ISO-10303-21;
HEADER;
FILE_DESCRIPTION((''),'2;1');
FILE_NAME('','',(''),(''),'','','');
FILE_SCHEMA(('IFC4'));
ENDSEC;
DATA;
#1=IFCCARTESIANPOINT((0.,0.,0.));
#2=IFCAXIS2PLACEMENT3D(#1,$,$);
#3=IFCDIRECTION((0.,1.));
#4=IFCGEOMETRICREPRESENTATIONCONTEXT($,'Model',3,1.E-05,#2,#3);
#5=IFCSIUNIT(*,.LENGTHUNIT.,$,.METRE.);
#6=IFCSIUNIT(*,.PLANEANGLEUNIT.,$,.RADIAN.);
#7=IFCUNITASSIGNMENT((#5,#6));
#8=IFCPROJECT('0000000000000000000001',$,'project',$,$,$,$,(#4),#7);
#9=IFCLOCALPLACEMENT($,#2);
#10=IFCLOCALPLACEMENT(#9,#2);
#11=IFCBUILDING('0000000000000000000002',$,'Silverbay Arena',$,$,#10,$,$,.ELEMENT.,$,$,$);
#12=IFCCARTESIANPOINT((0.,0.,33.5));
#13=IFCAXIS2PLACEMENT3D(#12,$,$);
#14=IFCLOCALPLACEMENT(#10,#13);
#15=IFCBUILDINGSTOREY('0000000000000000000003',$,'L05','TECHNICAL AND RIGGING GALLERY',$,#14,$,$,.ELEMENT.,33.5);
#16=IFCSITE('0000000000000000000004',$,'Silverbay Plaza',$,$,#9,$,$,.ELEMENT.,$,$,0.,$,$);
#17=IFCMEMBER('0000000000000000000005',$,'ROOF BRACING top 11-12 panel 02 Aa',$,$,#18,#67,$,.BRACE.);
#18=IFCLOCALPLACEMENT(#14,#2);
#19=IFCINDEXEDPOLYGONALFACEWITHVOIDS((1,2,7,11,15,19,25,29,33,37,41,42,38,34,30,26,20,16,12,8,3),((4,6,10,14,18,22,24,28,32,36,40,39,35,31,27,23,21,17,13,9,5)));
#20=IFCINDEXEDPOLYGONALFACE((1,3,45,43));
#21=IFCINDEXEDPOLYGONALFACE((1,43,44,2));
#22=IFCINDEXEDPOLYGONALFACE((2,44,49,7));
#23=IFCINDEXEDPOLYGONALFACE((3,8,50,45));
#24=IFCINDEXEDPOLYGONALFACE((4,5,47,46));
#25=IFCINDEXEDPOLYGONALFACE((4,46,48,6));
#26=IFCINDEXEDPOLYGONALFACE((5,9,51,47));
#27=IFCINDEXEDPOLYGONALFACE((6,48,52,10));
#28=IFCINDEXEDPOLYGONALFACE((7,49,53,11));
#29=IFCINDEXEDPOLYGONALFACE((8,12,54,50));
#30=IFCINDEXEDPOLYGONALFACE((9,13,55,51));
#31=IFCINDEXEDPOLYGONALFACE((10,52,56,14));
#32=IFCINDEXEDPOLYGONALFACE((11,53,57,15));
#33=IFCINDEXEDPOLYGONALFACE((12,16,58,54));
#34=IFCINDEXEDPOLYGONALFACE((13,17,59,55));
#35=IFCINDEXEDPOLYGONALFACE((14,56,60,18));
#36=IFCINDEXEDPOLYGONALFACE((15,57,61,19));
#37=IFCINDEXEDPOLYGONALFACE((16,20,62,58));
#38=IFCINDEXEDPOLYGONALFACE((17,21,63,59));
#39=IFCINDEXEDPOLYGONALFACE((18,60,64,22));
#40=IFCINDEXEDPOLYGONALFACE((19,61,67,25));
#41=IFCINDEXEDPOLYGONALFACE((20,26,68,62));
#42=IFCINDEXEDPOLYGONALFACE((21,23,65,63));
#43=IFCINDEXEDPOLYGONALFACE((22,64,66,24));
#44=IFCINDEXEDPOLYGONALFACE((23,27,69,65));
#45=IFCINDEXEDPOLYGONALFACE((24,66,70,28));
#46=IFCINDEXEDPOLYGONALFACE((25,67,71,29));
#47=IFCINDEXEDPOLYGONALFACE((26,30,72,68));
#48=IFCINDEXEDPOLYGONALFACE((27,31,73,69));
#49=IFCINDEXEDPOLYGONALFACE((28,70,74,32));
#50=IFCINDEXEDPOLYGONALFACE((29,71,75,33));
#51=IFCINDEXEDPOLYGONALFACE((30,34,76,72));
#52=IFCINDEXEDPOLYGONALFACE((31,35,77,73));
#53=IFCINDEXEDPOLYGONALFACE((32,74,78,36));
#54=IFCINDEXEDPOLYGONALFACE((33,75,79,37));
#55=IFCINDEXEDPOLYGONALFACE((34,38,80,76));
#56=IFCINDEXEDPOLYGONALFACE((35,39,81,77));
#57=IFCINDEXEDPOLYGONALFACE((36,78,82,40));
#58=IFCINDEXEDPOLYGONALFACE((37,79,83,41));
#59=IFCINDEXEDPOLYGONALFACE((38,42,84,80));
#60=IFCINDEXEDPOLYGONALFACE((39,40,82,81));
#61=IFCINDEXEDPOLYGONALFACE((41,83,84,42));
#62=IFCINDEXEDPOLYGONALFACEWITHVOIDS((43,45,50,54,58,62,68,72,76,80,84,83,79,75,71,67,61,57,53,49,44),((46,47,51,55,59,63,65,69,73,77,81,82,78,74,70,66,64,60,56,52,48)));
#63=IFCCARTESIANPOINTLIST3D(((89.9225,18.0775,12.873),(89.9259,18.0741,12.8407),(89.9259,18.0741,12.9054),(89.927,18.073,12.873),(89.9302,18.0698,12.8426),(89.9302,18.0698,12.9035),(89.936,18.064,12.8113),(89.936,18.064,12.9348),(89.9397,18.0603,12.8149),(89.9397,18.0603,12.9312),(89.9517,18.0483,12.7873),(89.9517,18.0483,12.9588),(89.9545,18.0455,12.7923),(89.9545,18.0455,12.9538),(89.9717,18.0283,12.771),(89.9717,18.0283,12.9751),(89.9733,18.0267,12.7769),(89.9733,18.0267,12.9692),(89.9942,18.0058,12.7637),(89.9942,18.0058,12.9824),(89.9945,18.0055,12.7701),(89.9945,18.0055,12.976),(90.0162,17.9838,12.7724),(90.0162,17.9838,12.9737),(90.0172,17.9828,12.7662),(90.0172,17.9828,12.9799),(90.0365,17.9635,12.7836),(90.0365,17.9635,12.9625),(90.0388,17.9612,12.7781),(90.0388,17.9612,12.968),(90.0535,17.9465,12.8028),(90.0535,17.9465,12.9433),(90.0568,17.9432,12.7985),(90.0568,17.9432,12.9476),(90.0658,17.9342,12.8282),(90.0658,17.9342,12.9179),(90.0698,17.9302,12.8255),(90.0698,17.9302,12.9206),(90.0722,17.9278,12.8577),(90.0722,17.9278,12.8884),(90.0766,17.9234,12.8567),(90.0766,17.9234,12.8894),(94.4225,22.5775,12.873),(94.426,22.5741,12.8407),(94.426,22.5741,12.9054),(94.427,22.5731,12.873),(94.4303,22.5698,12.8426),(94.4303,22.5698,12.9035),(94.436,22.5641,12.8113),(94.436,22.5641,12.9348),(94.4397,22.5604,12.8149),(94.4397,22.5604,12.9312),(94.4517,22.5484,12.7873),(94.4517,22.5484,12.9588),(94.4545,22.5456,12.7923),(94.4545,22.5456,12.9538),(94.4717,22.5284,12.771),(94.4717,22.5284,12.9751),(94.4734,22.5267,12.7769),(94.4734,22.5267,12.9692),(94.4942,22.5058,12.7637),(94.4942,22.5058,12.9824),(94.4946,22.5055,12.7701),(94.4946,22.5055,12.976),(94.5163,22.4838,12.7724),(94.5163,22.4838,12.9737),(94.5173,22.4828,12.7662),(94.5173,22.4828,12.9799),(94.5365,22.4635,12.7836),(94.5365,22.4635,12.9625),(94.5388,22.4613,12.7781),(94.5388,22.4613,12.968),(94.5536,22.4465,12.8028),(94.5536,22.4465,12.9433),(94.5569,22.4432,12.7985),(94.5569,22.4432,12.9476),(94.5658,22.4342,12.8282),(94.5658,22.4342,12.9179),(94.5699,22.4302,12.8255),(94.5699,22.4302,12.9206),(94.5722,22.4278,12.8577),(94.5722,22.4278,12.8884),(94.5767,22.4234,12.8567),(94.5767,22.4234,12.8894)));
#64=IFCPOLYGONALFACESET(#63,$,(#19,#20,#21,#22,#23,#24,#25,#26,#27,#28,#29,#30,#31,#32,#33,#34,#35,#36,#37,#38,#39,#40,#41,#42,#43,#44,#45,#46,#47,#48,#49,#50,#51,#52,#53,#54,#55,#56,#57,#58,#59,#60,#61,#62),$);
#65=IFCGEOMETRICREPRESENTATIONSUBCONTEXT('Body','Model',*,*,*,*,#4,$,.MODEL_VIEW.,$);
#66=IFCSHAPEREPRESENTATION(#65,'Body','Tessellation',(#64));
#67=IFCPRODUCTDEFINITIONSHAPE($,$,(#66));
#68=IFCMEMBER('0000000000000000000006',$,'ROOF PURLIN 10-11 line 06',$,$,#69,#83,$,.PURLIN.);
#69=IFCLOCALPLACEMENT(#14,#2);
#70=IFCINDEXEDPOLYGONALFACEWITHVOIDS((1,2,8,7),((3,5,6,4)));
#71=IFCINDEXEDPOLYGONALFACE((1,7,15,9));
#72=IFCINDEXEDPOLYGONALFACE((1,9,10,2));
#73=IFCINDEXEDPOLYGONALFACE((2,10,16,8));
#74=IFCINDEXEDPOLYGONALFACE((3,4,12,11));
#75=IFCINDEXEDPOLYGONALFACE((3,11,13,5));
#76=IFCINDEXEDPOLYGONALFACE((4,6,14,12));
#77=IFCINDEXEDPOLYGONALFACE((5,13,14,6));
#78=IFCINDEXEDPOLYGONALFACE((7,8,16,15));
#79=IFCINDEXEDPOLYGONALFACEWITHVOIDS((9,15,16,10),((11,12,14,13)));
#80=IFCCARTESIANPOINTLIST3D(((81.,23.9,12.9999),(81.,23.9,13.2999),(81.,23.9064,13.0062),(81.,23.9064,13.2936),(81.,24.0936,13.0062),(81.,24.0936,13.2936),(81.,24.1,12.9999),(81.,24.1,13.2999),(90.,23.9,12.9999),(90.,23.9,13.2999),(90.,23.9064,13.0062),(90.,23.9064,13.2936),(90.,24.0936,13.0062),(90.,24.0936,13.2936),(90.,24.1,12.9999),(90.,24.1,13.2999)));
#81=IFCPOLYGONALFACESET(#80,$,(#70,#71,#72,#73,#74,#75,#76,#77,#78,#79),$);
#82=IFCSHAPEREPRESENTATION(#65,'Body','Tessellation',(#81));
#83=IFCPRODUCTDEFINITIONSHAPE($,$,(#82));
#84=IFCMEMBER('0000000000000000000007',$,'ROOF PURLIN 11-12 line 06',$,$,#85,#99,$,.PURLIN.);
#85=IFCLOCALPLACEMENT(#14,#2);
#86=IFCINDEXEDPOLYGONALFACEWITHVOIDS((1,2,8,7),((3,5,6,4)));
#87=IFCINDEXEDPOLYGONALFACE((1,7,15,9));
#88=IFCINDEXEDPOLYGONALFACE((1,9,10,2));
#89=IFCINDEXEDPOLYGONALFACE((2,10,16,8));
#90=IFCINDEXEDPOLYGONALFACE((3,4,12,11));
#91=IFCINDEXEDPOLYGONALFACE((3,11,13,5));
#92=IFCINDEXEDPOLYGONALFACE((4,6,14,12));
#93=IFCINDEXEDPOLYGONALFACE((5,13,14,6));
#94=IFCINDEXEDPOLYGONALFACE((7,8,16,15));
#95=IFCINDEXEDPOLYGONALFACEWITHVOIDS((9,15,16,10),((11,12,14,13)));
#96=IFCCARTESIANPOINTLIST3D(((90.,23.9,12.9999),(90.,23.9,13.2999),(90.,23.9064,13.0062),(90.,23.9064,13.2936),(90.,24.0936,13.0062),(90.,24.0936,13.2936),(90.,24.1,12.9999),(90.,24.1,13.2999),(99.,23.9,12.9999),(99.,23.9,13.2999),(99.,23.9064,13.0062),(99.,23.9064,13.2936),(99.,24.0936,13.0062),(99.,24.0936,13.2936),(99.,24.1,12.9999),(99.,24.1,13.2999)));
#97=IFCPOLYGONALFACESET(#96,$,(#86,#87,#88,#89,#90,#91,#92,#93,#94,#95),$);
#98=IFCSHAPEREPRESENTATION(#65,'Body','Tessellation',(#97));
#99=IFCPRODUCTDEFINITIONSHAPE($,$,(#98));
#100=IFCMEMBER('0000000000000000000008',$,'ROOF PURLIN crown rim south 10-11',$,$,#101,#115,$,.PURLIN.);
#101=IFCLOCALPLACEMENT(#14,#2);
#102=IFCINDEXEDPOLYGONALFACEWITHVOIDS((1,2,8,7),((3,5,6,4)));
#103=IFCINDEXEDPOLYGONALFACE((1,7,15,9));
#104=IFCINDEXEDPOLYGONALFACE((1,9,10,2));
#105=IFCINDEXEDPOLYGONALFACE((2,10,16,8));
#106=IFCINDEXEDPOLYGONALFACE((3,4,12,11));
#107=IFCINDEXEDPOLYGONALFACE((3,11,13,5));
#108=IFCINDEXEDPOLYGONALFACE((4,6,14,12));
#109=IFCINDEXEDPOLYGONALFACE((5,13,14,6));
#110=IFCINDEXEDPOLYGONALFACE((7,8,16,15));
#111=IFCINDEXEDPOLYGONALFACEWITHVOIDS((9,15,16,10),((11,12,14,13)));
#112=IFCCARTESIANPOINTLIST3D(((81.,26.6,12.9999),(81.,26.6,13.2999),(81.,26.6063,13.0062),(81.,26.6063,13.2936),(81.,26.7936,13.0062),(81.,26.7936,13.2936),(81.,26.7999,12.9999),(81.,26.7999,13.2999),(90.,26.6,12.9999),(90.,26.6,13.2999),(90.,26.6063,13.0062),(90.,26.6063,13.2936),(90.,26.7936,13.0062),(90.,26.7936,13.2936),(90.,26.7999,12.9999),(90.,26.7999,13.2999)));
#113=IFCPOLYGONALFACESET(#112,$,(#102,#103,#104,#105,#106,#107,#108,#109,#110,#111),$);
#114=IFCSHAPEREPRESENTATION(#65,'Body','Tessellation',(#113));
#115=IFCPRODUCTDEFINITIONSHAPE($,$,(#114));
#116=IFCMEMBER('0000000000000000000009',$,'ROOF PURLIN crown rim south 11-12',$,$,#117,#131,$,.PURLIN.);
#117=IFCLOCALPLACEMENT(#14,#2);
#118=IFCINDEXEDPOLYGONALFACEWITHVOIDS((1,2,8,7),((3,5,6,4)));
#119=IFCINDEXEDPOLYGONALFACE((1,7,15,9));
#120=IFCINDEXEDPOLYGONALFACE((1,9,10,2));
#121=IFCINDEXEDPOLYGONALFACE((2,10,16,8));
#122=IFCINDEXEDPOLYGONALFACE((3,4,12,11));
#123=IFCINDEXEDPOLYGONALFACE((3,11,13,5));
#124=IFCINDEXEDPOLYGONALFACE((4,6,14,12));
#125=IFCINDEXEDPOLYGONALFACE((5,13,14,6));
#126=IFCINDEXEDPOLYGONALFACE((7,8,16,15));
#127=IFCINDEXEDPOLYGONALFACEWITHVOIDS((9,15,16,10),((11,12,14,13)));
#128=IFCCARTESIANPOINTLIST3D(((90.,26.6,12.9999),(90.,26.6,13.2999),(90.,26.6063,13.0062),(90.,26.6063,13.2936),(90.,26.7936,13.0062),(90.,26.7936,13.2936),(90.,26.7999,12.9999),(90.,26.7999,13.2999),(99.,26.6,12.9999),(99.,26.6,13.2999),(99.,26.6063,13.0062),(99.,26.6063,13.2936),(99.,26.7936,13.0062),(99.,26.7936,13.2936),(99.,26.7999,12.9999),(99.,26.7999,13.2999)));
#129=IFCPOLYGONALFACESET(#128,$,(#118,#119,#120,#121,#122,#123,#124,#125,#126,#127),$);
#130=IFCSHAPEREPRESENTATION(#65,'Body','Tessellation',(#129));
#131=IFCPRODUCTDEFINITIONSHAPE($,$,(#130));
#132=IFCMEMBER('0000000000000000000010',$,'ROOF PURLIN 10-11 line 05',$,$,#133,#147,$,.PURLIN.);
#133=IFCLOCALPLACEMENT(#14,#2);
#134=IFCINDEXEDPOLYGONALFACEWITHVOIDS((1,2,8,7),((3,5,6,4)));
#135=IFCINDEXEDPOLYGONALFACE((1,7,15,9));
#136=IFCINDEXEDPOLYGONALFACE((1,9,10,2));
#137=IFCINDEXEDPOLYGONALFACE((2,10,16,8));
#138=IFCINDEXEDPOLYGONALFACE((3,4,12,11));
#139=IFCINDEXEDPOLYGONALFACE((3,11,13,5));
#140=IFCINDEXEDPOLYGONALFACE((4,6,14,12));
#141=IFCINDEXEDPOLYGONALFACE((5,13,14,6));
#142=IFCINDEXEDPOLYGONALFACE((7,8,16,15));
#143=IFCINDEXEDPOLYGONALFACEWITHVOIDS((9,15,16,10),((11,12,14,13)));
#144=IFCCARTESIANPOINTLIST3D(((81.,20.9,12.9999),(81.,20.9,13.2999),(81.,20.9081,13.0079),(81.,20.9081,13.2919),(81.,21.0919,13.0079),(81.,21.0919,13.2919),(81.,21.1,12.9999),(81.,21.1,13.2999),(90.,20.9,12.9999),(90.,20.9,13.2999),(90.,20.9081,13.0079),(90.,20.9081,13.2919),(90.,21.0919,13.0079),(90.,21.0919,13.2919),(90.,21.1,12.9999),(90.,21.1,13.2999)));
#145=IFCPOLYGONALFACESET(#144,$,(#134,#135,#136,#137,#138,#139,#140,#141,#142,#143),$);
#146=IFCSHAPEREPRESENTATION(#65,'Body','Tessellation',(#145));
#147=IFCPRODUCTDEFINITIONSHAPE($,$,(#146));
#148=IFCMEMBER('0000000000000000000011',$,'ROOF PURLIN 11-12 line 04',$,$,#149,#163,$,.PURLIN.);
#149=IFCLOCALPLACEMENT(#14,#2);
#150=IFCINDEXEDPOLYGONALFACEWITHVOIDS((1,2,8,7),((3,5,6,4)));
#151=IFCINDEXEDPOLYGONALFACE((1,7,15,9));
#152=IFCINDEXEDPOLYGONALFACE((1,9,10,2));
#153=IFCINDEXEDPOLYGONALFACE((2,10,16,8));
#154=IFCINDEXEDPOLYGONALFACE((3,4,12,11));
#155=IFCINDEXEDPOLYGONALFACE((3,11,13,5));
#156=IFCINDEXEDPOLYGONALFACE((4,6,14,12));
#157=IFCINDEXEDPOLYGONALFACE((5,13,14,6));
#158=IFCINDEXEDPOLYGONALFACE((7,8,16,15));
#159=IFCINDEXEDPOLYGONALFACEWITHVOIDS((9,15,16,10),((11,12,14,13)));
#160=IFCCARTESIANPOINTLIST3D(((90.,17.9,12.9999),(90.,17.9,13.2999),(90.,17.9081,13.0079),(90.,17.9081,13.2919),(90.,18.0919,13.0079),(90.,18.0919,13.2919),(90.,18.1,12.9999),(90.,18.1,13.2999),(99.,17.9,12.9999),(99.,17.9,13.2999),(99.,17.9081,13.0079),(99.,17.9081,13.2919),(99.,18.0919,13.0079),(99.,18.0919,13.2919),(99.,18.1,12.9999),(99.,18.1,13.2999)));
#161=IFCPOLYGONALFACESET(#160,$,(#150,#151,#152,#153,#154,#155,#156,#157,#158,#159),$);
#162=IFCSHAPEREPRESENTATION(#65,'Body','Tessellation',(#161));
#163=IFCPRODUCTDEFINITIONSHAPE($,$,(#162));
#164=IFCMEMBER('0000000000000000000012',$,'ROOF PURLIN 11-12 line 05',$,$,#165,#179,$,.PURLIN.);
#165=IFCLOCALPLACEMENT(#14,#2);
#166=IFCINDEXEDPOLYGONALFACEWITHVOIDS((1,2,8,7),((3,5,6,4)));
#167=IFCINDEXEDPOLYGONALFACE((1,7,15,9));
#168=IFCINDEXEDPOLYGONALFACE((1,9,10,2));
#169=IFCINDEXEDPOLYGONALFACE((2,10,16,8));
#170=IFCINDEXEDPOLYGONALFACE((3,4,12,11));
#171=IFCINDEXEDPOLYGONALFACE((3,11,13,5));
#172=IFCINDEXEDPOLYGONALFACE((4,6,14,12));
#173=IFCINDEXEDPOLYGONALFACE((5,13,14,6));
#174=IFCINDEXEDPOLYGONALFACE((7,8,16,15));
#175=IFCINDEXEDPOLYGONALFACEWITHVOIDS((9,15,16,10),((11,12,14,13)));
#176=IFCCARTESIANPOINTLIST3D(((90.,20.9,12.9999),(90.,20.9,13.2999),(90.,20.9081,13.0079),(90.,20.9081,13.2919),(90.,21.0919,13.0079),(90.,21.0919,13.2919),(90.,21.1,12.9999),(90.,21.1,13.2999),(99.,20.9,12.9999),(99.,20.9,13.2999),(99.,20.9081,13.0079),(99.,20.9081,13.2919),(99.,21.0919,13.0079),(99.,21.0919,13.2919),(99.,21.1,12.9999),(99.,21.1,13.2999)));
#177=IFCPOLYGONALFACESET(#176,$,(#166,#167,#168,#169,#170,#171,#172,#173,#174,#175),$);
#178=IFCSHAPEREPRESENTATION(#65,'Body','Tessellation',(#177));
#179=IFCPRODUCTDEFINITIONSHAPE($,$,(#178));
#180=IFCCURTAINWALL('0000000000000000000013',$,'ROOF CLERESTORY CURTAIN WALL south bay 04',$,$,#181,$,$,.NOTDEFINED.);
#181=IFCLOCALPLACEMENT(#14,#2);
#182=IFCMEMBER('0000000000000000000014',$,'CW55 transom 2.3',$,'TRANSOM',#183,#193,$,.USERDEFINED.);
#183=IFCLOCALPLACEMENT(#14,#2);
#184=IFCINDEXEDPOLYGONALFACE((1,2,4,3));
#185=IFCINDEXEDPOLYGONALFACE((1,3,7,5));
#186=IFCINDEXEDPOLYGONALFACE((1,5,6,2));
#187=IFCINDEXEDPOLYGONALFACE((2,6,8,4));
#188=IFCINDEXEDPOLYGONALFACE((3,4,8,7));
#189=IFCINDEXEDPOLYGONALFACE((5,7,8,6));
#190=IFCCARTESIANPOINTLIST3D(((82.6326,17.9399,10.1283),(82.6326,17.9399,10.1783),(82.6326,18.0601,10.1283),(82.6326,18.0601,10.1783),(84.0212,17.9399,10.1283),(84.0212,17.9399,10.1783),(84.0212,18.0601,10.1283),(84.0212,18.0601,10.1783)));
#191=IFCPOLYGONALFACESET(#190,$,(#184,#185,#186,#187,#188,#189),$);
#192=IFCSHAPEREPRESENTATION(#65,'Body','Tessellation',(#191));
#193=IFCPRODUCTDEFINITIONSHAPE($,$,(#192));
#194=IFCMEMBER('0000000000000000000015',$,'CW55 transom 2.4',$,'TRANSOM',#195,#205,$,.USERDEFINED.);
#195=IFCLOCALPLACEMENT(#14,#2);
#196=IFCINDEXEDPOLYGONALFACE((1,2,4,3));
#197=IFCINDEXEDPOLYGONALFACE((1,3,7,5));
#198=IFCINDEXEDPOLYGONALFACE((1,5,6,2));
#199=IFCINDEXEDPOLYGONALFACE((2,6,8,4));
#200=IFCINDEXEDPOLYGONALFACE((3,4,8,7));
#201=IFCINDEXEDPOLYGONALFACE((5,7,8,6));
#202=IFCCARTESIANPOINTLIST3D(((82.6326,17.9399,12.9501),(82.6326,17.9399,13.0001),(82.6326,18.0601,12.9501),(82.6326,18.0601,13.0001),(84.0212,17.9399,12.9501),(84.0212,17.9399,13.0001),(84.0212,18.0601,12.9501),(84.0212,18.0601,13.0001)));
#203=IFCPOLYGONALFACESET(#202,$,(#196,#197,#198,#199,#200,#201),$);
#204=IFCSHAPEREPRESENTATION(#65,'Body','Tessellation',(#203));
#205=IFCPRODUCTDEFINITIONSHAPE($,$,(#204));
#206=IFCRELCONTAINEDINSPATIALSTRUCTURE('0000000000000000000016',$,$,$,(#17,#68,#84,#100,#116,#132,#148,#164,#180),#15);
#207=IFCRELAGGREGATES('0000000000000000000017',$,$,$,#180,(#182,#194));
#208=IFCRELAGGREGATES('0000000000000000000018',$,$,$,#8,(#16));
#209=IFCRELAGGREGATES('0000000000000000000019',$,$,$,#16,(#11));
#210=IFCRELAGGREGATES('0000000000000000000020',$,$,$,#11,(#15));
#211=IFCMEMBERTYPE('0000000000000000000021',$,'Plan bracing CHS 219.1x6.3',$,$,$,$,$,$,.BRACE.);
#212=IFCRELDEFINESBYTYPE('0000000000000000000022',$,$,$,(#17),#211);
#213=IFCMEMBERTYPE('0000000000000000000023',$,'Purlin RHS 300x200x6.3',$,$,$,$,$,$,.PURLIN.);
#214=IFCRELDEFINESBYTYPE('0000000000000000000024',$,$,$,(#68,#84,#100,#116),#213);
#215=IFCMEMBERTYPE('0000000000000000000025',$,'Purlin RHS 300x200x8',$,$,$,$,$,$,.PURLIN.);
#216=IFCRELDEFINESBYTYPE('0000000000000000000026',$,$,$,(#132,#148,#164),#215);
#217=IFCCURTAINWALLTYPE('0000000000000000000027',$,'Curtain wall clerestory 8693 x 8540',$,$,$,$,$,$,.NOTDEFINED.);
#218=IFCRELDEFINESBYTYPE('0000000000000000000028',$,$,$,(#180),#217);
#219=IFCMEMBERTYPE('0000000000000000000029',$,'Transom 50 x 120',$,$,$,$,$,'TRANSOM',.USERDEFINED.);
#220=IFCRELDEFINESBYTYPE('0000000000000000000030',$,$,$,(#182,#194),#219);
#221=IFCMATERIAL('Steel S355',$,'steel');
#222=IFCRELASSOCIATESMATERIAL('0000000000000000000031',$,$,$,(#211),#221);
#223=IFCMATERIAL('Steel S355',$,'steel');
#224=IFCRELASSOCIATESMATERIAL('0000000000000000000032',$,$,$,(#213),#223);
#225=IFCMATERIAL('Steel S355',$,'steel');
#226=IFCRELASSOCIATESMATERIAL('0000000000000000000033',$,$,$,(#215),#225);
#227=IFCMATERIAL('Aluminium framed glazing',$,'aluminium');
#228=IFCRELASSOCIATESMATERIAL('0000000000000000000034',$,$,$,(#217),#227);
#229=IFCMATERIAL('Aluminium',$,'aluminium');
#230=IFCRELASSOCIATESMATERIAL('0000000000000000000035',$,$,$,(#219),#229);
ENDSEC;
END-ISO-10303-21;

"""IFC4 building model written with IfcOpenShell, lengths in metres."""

from ifc_helpers import new_model, si_unit, direction, frame, origin, origin_2d, place, context, subcontext, project, spatial, rectangle, hollow_rectangle, hollow_circle, extrude, material, material_profile, profile_set, type_object, element, aggregate, save


model = new_model("IFC4")

# Units and contexts
model_context = context("Model", 3, precision=1e-05, world=origin(), true_north=direction((0.0, 1.0)))
body_context = subcontext(model_context, "Body", "Model", "MODEL_VIEW")
ifc_project = project(units=[si_unit("LENGTHUNIT", "METRE"), si_unit("PLANEANGLEUNIT", "RADIAN")], contexts=[model_context])

# Site, building, storey
site_placement = place(None, origin())
site = spatial("IfcSite", under=ifc_project, at=site_placement, Name="Silverbay Plaza", CompositionType="ELEMENT", RefElevation=0.0)
building_placement = place(site_placement, origin())
building = spatial("IfcBuilding", under=site, at=building_placement, Name="Silverbay Arena", CompositionType="ELEMENT")
storey_placement = place(building_placement, frame((0.0, 0.0, 33.5)))
storey = spatial("IfcBuildingStorey", under=building, at=storey_placement, Name="L05", Description="TECHNICAL AND RIGGING GALLERY", CompositionType="ELEMENT", Elevation=33.5)

# Members
ifc_material_1 = material(Name="Steel S355", Category="steel")
ifc_material_profile_1 = material_profile(ifc_material_1, hollow_circle(Radius=0.1096, WallThickness=0.0063, at=origin_2d()), Name="CHS 219.1x6.3")
ifc_profile_set_1 = profile_set([ifc_material_profile_1], Name="Steel S355")
member_type_1 = type_object("IfcMemberType", Name="Plan bracing CHS 219.1x6.3", PredefinedType="BRACE", material=ifc_profile_set_1)
member_1_placement = place(storey_placement, frame((90.0, 18.0, 12.873), z_axis=(0.707107, 0.707107, 0.0), x_axis=(-0.707107, 0.707107, 0.0)))
element("IfcMember", 1, at=member_1_placement, inside=storey, type_object=member_type_1, Name="ROOF BRACING top 11-12 panel 02 Aa", PredefinedType="BRACE", context=body_context, shape_type="SweptSolid", body=[
    extrude(hollow_circle(Radius=0.1096, WallThickness=0.0063, at=origin_2d()), origin(), (0.0, 0.0, 1.0), 6.364),
])
ifc_material_2 = material(Name="Steel S355", Category="steel")
ifc_material_profile_2 = material_profile(ifc_material_2, hollow_rectangle(XDim=0.2, YDim=0.3, WallThickness=0.0063, at=origin_2d()), Name="RHS 300x200x6.3")
ifc_profile_set_2 = profile_set([ifc_material_profile_2], Name="Steel S355")
member_type_2 = type_object("IfcMemberType", Name="Purlin RHS 300x200x6.3", PredefinedType="PURLIN", material=ifc_profile_set_2)
for number, where, z_axis, x_axis, name in (
    (2, (81.0, 24.0, 13.1499), (1.0, 0.0, 0.0), (0.0, 1.0, 0.0), "ROOF PURLIN 10-11 line 06"),
    (3, (90.0, 24.0, 13.1499), (1.0, 0.0, 0.0), (0.0, 1.0, 0.0), "ROOF PURLIN 11-12 line 06"),
    (4, (81.0, 26.7, 13.1499), (1.0, 0.0, 0.0), (0.0, 1.0, 0.0), "ROOF PURLIN crown rim south 10-11"),
    (5, (90.0, 26.7, 13.1499), (1.0, 0.0, 0.0), (0.0, 1.0, 0.0), "ROOF PURLIN crown rim south 11-12"),
):
    element("IfcMember", number, at=place(storey_placement, frame(where, z_axis=z_axis, x_axis=x_axis)), inside=storey, type_object=member_type_2, Name=name, PredefinedType="PURLIN", context=body_context, shape_type="SweptSolid", body=[
        extrude(hollow_rectangle(XDim=0.2, YDim=0.3, WallThickness=0.0063, at=origin_2d()), origin(), (0.0, 0.0, 1.0), 9.0),
    ])
ifc_material_3 = material(Name="Steel S355", Category="steel")
ifc_material_profile_3 = material_profile(ifc_material_3, hollow_rectangle(XDim=0.2, YDim=0.3, WallThickness=0.0081, at=origin_2d()), Name="RHS 300x200x8")
ifc_profile_set_3 = profile_set([ifc_material_profile_3], Name="Steel S355")
member_type_3 = type_object("IfcMemberType", Name="Purlin RHS 300x200x8", PredefinedType="PURLIN", material=ifc_profile_set_3)
for number, where, z_axis, x_axis, name in (
    (6, (81.0, 21.0, 13.1499), (1.0, 0.0, 0.0), (0.0, 1.0, 0.0), "ROOF PURLIN 10-11 line 05"),
    (7, (90.0, 18.0, 13.1499), (1.0, 0.0, 0.0), (0.0, 1.0, 0.0), "ROOF PURLIN 11-12 line 04"),
    (8, (90.0, 21.0, 13.1499), (1.0, 0.0, 0.0), (0.0, 1.0, 0.0), "ROOF PURLIN 11-12 line 05"),
):
    element("IfcMember", number, at=place(storey_placement, frame(where, z_axis=z_axis, x_axis=x_axis)), inside=storey, type_object=member_type_3, Name=name, PredefinedType="PURLIN", context=body_context, shape_type="SweptSolid", body=[
        extrude(hollow_rectangle(XDim=0.2, YDim=0.3, WallThickness=0.0081, at=origin_2d()), origin(), (0.0, 0.0, 1.0), 9.0),
    ])

# Curtain wall, members
ifc_material_4 = material(Name="Aluminium framed glazing", Category="aluminium")
curtain_wall_type = type_object("IfcCurtainWallType", Name="Curtain wall clerestory 8693 x 8540", PredefinedType="NOTDEFINED", material=ifc_material_4)
curtain_wall_placement = place(storey_placement, origin())
curtain_wall = element("IfcCurtainWall", 9, at=curtain_wall_placement, inside=storey, type_object=curtain_wall_type, Name="ROOF CLERESTORY CURTAIN WALL south bay 04", PredefinedType="NOTDEFINED")
ifc_material_5 = material(Name="Aluminium", Category="aluminium")
ifc_material_profile_4 = material_profile(ifc_material_5, rectangle(XDim=0.1201, YDim=0.05, at=origin_2d()), Name="Transom 50 x 120")
ifc_profile_set_4 = profile_set([ifc_material_profile_4], Name="Aluminium")
member_type_4 = type_object("IfcMemberType", Name="Transom 50 x 120", ElementType="TRANSOM", PredefinedType="USERDEFINED", material=ifc_profile_set_4)
member_2_placement = place(storey_placement, frame((82.6326, 18.0, 10.1533), z_axis=(1.0, 0.0, 0.0), x_axis=(0.0, 1.0, 0.0)))
member_2 = element("IfcMember", 10, at=member_2_placement, type_object=member_type_4, Name="CW55 transom 2.3", ObjectType="TRANSOM", PredefinedType="USERDEFINED", context=body_context, shape_type="SweptSolid", body=[
    extrude(rectangle(XDim=0.1201, YDim=0.05, at=origin_2d()), origin(), (0.0, 0.0, 1.0), 1.3887),
])
member_3_placement = place(storey_placement, frame((82.6326, 18.0, 12.9751), z_axis=(1.0, 0.0, 0.0), x_axis=(0.0, 1.0, 0.0)))
member_3 = element("IfcMember", 11, at=member_3_placement, type_object=member_type_4, Name="CW55 transom 2.4", ObjectType="TRANSOM", PredefinedType="USERDEFINED", context=body_context, shape_type="SweptSolid", body=[
    extrude(rectangle(XDim=0.1201, YDim=0.05, at=origin_2d()), origin(), (0.0, 0.0, 1.0), 1.3887),
])
aggregate(curtain_wall, [member_2, member_3])

save(model, "model.ifc")
